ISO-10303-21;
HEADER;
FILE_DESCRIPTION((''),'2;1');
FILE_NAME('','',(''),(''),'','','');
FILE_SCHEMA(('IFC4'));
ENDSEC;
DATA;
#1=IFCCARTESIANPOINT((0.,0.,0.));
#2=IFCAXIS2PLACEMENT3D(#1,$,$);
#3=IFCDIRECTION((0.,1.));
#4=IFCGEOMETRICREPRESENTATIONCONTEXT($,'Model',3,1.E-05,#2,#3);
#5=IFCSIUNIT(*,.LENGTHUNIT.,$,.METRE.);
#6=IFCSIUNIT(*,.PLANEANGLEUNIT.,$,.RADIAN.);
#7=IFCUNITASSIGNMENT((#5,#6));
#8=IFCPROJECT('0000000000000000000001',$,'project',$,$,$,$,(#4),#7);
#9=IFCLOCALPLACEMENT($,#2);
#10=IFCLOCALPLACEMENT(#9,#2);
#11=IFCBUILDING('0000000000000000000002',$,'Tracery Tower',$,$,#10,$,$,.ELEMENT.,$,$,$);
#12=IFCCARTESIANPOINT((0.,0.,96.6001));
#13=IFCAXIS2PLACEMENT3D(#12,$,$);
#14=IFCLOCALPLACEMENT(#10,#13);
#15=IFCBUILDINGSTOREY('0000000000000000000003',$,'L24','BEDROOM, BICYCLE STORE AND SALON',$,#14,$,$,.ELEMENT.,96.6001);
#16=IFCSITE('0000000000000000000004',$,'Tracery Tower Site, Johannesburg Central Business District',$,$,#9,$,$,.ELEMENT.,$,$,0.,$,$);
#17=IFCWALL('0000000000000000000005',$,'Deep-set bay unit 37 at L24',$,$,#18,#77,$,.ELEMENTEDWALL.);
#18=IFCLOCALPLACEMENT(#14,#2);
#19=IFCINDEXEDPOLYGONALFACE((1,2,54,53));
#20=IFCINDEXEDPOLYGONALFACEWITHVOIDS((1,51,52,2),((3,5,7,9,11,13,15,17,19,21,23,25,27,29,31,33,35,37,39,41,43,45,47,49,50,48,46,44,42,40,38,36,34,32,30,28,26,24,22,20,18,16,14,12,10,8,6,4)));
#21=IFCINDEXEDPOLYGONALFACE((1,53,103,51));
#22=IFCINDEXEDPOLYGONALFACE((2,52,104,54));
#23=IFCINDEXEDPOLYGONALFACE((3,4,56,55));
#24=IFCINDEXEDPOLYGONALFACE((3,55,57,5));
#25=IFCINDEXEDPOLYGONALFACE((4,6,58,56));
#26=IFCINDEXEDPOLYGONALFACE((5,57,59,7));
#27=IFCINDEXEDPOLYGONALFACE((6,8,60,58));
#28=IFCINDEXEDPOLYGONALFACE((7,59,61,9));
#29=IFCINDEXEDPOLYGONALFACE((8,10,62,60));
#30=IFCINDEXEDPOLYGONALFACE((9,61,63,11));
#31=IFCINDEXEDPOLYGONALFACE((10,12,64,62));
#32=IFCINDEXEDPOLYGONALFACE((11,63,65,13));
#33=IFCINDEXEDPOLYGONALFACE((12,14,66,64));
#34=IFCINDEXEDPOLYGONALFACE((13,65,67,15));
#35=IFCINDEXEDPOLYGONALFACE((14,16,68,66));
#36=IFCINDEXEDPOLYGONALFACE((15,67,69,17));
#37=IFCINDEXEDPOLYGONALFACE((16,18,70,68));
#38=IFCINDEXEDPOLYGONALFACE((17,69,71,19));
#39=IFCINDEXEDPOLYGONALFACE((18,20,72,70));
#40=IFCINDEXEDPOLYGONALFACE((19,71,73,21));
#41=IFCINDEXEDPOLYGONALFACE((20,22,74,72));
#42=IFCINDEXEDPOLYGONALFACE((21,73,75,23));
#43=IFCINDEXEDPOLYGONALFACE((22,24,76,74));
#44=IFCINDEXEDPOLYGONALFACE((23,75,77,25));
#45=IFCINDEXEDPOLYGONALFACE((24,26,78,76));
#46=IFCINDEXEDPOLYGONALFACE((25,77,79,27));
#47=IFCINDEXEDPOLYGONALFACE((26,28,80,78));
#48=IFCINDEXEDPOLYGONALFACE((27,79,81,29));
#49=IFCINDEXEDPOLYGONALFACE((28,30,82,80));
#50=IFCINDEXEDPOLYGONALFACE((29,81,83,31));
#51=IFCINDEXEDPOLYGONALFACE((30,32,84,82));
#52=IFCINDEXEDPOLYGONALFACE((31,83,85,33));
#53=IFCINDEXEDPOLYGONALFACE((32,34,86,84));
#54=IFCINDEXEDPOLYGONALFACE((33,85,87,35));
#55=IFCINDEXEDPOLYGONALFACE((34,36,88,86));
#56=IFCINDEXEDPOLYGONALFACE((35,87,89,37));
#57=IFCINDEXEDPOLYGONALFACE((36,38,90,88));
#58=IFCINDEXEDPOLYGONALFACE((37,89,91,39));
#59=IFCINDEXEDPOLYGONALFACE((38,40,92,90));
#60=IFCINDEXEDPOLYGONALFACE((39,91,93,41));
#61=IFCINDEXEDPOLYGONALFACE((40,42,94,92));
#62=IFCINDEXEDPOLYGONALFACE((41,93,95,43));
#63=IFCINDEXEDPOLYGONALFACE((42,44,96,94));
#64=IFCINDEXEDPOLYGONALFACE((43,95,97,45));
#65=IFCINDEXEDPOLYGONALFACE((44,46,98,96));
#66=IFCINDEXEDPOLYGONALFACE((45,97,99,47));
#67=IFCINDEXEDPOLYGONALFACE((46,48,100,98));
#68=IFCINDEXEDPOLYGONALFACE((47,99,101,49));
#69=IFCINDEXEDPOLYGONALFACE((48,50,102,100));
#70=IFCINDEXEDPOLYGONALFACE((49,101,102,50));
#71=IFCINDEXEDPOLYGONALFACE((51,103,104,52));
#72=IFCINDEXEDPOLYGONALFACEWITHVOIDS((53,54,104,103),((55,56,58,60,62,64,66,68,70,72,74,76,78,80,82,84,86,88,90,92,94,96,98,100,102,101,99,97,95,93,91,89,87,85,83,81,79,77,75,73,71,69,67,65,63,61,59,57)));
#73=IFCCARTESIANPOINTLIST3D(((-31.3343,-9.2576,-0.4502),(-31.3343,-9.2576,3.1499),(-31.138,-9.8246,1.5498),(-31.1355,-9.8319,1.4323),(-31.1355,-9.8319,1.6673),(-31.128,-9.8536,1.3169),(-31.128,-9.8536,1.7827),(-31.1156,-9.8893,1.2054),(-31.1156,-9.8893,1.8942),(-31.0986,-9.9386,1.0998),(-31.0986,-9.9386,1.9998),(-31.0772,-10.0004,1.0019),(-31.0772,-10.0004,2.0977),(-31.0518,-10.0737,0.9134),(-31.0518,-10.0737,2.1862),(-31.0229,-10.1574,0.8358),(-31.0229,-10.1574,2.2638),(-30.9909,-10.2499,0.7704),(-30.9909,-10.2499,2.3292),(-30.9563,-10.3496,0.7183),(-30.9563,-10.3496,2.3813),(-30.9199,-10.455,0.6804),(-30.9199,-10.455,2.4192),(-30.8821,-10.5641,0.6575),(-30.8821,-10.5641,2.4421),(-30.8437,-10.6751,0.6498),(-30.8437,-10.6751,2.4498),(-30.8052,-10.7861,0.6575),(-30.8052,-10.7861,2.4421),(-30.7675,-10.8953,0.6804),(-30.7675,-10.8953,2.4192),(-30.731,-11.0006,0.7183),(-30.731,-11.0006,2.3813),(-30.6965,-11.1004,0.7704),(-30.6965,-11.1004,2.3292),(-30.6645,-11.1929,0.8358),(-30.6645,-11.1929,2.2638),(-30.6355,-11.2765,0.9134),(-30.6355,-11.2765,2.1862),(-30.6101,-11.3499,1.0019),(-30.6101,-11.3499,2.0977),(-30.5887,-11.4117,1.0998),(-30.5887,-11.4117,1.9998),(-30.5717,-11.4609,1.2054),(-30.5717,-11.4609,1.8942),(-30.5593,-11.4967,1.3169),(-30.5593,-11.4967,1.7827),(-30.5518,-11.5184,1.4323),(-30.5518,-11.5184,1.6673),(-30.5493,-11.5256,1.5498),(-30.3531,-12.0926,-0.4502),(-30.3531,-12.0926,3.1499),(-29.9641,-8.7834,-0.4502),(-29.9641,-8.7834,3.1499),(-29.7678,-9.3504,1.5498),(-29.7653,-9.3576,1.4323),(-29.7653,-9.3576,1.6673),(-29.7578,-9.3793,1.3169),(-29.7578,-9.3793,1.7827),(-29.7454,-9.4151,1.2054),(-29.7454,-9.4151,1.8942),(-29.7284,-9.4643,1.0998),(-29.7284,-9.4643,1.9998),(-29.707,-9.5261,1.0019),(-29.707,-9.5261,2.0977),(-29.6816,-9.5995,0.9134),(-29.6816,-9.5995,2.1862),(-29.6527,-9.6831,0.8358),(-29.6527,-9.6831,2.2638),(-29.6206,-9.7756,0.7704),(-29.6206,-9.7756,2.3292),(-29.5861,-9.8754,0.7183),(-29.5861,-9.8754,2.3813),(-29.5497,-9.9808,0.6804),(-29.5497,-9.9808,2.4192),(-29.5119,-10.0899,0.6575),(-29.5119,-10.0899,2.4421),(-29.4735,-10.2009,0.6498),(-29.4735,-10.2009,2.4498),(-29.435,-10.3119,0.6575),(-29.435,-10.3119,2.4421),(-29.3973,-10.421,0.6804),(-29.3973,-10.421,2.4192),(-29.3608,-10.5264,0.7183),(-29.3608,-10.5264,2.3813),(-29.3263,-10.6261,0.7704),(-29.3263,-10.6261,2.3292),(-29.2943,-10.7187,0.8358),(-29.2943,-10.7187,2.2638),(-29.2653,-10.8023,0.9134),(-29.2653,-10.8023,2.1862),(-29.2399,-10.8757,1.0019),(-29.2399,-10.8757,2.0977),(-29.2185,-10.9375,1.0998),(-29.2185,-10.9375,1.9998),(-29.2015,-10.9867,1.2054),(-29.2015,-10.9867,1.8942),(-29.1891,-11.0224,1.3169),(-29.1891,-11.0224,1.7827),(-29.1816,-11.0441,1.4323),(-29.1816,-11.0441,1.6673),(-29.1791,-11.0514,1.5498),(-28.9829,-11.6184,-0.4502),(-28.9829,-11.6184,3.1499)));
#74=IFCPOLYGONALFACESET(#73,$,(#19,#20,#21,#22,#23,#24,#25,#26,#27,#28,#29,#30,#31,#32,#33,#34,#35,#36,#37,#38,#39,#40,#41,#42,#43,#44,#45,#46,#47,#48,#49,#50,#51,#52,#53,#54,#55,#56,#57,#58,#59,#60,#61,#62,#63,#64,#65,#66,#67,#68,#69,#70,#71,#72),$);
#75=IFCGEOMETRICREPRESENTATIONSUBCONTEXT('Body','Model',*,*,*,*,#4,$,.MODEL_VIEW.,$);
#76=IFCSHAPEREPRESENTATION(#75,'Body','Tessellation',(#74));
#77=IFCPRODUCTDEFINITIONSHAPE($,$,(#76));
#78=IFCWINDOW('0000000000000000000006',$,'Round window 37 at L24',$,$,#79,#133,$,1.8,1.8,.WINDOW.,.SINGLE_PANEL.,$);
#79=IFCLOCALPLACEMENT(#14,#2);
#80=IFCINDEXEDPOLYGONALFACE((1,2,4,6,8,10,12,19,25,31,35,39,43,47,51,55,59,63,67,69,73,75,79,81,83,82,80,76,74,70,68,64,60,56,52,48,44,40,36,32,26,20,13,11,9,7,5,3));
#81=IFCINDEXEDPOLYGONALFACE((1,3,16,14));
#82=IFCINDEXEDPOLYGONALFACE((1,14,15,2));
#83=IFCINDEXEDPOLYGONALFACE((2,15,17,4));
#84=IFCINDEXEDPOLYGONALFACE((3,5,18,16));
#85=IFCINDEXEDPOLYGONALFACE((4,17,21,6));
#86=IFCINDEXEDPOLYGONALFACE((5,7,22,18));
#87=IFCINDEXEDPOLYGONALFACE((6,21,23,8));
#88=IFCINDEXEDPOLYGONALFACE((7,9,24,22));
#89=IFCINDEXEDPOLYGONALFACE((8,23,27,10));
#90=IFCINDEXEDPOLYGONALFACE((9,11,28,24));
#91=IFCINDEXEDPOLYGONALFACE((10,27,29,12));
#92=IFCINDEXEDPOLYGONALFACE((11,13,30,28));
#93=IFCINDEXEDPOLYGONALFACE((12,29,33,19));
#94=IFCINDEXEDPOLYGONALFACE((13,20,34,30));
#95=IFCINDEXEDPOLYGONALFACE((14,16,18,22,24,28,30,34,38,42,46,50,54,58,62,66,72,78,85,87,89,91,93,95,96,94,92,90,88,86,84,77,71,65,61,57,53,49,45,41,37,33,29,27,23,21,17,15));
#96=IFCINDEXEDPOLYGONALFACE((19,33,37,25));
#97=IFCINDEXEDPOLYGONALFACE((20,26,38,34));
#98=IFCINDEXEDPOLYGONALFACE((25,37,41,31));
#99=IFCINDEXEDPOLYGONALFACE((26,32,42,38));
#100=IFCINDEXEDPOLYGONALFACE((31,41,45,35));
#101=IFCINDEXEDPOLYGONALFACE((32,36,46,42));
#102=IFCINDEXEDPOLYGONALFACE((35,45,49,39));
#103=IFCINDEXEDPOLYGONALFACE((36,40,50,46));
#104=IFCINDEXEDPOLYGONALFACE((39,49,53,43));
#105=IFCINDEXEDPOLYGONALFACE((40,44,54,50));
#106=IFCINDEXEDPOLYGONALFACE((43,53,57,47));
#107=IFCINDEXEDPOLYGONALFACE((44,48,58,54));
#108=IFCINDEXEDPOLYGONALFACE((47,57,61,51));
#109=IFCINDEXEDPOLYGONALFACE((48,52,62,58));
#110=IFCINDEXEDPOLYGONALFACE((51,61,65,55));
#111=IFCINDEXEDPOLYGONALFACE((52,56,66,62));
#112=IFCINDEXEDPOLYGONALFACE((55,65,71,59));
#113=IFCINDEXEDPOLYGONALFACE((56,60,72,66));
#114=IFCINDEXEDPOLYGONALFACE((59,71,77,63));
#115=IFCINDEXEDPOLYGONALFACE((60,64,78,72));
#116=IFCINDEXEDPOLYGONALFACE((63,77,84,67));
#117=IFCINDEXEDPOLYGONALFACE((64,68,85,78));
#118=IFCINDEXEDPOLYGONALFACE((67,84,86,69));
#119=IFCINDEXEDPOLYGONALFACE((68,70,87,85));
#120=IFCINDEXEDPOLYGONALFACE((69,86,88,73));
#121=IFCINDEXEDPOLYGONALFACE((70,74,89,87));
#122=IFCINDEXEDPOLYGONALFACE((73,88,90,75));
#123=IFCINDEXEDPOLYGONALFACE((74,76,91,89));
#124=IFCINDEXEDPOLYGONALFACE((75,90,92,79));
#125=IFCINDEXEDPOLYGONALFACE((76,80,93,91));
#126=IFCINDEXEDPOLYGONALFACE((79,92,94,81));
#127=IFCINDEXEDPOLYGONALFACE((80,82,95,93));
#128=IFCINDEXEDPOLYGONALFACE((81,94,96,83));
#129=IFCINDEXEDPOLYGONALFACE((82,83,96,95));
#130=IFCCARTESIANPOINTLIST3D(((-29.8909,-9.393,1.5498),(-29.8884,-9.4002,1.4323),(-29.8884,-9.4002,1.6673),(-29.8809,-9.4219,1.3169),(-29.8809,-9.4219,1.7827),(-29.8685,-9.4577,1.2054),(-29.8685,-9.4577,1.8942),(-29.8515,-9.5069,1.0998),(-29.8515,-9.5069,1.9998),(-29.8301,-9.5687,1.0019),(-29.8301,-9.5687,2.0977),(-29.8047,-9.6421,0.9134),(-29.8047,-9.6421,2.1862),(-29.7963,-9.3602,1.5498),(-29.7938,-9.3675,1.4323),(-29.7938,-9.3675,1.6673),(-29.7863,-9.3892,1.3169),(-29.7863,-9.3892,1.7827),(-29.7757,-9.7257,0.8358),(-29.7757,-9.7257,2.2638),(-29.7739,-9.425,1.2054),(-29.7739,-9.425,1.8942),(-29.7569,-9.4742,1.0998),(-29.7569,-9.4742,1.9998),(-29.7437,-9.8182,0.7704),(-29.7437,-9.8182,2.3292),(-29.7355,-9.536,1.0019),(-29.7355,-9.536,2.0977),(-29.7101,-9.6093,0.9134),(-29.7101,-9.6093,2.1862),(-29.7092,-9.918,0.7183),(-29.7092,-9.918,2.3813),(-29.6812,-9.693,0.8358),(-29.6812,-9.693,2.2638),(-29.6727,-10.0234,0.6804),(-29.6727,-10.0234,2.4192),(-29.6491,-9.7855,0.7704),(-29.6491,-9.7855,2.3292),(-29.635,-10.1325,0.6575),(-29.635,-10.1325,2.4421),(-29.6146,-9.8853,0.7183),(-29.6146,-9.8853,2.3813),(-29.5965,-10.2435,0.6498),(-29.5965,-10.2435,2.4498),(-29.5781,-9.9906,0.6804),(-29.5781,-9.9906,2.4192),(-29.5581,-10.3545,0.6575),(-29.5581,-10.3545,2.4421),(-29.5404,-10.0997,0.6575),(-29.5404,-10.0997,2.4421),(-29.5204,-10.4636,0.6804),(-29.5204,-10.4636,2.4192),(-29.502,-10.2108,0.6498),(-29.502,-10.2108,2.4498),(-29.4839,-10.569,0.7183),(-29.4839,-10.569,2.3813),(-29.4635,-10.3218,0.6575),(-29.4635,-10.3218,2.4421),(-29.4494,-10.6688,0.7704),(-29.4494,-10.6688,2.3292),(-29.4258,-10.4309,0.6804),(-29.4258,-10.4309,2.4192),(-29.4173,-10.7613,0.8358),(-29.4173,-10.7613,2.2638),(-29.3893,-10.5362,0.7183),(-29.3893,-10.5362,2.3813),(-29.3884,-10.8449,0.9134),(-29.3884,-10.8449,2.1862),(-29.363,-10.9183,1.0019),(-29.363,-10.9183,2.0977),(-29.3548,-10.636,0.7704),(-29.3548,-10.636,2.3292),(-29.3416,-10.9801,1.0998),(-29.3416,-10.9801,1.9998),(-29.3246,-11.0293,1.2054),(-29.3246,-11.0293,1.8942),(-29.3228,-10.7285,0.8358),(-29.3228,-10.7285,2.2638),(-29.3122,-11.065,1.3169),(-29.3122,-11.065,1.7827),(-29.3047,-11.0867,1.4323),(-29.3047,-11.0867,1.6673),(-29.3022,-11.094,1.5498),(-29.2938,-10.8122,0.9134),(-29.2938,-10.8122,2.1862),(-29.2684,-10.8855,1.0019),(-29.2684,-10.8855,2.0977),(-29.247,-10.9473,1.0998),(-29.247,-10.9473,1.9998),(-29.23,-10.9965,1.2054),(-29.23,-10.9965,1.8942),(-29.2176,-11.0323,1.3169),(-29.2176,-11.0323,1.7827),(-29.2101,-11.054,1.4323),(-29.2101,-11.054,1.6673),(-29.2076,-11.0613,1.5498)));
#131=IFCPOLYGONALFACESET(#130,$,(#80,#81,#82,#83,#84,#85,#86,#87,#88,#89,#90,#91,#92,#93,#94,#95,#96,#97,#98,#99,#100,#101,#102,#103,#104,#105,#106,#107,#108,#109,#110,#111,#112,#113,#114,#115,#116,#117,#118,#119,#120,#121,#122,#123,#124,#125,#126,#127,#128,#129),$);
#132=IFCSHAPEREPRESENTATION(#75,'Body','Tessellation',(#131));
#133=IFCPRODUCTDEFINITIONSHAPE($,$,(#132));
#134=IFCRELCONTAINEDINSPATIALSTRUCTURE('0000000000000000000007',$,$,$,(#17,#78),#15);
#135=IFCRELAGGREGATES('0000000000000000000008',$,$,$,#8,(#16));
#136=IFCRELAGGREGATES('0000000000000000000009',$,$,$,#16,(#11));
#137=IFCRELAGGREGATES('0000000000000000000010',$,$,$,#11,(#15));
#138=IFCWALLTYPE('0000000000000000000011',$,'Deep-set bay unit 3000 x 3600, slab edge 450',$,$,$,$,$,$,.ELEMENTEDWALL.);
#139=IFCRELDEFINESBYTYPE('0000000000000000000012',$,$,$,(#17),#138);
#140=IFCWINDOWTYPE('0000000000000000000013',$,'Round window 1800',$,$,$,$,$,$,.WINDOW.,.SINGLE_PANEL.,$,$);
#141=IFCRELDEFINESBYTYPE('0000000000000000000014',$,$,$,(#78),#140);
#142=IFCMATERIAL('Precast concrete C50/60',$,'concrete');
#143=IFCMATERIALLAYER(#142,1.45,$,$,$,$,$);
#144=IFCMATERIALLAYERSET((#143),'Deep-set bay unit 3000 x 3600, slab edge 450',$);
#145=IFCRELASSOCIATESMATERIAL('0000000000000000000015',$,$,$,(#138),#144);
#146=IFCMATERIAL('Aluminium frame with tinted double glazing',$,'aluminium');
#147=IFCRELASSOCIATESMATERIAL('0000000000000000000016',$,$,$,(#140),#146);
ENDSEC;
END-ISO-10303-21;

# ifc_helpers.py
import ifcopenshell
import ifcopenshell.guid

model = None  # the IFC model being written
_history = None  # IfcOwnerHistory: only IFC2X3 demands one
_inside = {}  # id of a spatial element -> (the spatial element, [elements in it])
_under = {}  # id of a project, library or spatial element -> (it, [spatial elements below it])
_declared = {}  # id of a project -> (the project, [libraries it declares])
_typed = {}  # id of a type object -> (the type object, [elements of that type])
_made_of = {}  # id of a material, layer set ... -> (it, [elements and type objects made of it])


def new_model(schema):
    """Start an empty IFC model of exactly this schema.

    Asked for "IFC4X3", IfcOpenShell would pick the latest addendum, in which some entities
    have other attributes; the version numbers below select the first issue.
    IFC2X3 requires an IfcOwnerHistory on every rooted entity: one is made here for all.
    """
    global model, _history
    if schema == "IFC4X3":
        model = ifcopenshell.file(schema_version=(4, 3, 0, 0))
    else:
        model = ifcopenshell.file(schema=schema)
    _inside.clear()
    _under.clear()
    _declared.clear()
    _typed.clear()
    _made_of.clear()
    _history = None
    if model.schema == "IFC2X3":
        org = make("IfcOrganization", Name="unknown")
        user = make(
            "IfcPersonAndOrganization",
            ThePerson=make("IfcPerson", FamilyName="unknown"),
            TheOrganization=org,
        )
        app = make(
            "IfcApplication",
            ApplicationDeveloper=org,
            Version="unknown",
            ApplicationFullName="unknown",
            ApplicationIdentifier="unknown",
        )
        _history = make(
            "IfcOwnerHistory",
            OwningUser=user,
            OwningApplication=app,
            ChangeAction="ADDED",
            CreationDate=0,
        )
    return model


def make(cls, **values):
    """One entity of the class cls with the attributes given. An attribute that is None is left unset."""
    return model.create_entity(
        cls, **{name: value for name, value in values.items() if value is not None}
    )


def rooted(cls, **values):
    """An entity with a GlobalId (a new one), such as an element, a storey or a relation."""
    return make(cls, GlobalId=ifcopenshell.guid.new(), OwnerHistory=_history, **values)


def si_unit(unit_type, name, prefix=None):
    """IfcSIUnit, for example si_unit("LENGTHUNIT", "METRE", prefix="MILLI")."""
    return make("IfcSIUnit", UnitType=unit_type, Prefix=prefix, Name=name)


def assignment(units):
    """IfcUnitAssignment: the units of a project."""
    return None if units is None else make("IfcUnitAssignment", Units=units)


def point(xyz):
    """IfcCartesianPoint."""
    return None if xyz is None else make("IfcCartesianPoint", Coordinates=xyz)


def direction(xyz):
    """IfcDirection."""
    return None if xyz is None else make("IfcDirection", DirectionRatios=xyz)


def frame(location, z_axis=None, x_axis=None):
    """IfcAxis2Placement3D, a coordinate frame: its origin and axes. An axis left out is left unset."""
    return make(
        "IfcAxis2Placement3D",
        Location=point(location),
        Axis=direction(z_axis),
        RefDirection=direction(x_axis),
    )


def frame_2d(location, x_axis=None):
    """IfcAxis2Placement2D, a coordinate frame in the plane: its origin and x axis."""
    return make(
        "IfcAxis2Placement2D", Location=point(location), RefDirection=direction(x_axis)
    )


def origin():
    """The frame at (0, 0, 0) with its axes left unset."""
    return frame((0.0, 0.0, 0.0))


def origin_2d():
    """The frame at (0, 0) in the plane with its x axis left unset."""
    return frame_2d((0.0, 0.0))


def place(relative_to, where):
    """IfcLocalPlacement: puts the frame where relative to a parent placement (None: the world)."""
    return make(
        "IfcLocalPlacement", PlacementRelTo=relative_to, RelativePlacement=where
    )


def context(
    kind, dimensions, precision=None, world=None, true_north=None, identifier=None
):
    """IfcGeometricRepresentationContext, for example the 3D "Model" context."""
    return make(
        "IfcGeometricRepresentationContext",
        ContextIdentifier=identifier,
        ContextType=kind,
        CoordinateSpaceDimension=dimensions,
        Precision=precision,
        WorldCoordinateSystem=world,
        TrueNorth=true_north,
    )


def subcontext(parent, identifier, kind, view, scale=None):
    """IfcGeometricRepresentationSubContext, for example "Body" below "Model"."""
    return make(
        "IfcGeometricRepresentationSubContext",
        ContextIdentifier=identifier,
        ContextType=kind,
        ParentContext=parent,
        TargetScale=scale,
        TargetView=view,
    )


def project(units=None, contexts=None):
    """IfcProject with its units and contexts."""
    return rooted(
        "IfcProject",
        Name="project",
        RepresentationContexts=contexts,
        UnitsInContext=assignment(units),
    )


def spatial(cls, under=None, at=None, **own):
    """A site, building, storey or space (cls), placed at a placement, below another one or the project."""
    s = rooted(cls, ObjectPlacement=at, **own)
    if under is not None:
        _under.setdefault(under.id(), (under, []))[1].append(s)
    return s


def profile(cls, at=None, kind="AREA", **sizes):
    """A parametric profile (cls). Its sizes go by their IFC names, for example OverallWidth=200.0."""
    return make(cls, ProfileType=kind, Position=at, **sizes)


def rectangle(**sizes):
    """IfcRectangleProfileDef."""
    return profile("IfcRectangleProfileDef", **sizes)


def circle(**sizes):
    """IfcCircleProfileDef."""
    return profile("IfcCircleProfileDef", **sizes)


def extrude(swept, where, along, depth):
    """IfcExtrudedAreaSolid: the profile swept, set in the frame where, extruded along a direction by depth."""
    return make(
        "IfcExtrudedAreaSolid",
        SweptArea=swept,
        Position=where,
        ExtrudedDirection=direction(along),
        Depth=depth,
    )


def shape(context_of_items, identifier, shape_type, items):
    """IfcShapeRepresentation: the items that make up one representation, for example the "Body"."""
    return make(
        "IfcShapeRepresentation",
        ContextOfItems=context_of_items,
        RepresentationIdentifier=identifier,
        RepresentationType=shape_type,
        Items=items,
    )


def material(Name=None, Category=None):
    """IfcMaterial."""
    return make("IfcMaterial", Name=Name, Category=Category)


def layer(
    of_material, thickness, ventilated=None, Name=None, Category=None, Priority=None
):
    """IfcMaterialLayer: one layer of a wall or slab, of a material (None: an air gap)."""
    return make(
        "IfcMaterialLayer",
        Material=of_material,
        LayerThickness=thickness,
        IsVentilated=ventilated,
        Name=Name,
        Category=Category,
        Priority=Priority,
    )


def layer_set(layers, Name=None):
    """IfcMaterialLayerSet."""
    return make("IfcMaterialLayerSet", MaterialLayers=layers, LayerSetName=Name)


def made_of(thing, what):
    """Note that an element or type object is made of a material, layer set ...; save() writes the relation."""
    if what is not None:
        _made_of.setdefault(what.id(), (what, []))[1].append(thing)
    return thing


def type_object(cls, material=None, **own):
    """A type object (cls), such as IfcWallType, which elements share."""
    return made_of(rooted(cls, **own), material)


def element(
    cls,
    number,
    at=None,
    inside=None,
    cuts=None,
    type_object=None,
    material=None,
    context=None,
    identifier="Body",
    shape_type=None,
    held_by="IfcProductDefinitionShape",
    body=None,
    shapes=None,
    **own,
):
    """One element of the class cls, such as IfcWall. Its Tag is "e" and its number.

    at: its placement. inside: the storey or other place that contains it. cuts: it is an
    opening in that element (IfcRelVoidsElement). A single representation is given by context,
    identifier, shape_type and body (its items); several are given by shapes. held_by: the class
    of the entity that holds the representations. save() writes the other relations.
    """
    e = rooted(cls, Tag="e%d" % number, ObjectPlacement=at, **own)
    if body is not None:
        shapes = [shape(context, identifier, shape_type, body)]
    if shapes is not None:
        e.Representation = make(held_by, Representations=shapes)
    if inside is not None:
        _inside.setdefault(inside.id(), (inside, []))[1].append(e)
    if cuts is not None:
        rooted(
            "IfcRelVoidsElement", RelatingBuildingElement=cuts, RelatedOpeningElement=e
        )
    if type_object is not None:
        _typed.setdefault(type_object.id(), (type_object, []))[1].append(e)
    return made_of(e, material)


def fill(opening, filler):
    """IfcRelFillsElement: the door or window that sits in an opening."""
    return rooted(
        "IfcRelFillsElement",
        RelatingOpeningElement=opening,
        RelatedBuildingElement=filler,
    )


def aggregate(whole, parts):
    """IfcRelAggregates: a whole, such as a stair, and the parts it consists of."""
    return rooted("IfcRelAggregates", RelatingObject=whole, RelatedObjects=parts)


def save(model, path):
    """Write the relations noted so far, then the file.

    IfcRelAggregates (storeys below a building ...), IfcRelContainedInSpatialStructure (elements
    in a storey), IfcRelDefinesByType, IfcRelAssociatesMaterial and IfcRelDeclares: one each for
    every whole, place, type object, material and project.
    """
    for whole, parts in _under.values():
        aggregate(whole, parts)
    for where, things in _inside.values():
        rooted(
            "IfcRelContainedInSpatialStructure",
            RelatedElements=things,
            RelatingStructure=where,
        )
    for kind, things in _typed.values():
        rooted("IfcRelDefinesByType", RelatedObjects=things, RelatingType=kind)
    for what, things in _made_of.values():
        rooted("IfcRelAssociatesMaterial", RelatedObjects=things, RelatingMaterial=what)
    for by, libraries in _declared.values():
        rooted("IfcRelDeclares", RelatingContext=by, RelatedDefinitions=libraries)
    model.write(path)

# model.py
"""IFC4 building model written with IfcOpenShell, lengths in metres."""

from ifc_helpers import new_model, si_unit, direction, frame, frame_2d, origin, origin_2d, place, context, subcontext, project, spatial, rectangle, circle, extrude, material, layer, layer_set, type_object, element, fill, save


model = new_model("IFC4")

# Units and contexts
model_context = context("Model", 3, precision=1e-05, world=origin(), true_north=direction((0.0, 1.0)))
body_context = subcontext(model_context, "Body", "Model", "MODEL_VIEW")
ifc_project = project(units=[si_unit("LENGTHUNIT", "METRE"), si_unit("PLANEANGLEUNIT", "RADIAN")], contexts=[model_context])

# Site, building, storey
site_placement = place(None, origin())
site = spatial("IfcSite", under=ifc_project, at=site_placement, Name="Tracery Tower Site, Johannesburg Central Business District", CompositionType="ELEMENT", RefElevation=0.0)
building_placement = place(site_placement, origin())
building = spatial("IfcBuilding", under=site, at=building_placement, Name="Tracery Tower", CompositionType="ELEMENT")
storey_placement = place(building_placement, frame((0.0, 0.0, 96.6001)))
storey = spatial("IfcBuildingStorey", under=building, at=storey_placement, Name="L24", Description="BEDROOM, BICYCLE STORE AND SALON", CompositionType="ELEMENT", Elevation=96.6001)

# Wall, opening, window
ifc_material_1 = material(Name="Precast concrete C50/60", Category="concrete")
ifc_layer_1 = layer(ifc_material_1, 1.45)
ifc_layer_set_1 = layer_set([ifc_layer_1], Name="Deep-set bay unit 3000 x 3600, slab edge 450")
wall_type_1 = type_object("IfcWallType", Name="Deep-set bay unit 3000 x 3600, slab edge 450", PredefinedType="ELEMENTEDWALL", material=ifc_layer_set_1)
ifc_material_2 = material(Name="Aluminium frame with tinted double glazing", Category="aluminium")
window_type = type_object("IfcWindowType", Name="Round window 1800", PartitioningType="SINGLE_PANEL", PredefinedType="WINDOW", material=ifc_material_2)
wall_1_placement = place(storey_placement, frame((-30.6492, -9.0205, -0.4502), z_axis=(0.0, 0.0, 1.0), x_axis=(0.327071, -0.945, 0.0)))
wall_1 = element("IfcWall", 1, at=wall_1_placement, inside=storey, type_object=wall_type_1, Name="Deep-set bay unit 37 at L24", PredefinedType="ELEMENTEDWALL", context=body_context, shape_type="SweptSolid", body=[
    extrude(rectangle(XDim=3.0, YDim=1.45, at=frame_2d((1.5, 0.0))), origin(), (0.0, 0.0, 1.0), 3.6001),
])
opening_1_placement = place(wall_1_placement, frame((1.5, 0.0, 2.0)))
opening_1 = element("IfcOpeningElement", 2, at=opening_1_placement, cuts=wall_1, PredefinedType="OPENING", context=body_context, shape_type="SweptSolid", body=[
    extrude(circle(Radius=0.9, at=origin_2d()), frame((0.0, 0.7349, 0.0), z_axis=(0.0, -1.0, 0.0), x_axis=(1.0, 0.0, 0.0)), (0.0, 0.0, 1.0), 1.47),
])
window_1_placement = place(opening_1_placement, origin())
window_1 = element("IfcWindow", 3, at=window_1_placement, inside=storey, type_object=window_type, Name="Round window 37 at L24", OverallHeight=1.8, OverallWidth=1.8, PartitioningType="SINGLE_PANEL", PredefinedType="WINDOW", context=body_context, shape_type="SweptSolid", body=[
    extrude(circle(Radius=0.9, at=origin_2d()), frame((0.0, 0.6948, 0.0), z_axis=(0.0, -1.0, 0.0), x_axis=(1.0, 0.0, 0.0)), (0.0, 0.0, 1.0), 0.1001),
])
fill(opening_1, window_1)

save(model, "model.ifc")
